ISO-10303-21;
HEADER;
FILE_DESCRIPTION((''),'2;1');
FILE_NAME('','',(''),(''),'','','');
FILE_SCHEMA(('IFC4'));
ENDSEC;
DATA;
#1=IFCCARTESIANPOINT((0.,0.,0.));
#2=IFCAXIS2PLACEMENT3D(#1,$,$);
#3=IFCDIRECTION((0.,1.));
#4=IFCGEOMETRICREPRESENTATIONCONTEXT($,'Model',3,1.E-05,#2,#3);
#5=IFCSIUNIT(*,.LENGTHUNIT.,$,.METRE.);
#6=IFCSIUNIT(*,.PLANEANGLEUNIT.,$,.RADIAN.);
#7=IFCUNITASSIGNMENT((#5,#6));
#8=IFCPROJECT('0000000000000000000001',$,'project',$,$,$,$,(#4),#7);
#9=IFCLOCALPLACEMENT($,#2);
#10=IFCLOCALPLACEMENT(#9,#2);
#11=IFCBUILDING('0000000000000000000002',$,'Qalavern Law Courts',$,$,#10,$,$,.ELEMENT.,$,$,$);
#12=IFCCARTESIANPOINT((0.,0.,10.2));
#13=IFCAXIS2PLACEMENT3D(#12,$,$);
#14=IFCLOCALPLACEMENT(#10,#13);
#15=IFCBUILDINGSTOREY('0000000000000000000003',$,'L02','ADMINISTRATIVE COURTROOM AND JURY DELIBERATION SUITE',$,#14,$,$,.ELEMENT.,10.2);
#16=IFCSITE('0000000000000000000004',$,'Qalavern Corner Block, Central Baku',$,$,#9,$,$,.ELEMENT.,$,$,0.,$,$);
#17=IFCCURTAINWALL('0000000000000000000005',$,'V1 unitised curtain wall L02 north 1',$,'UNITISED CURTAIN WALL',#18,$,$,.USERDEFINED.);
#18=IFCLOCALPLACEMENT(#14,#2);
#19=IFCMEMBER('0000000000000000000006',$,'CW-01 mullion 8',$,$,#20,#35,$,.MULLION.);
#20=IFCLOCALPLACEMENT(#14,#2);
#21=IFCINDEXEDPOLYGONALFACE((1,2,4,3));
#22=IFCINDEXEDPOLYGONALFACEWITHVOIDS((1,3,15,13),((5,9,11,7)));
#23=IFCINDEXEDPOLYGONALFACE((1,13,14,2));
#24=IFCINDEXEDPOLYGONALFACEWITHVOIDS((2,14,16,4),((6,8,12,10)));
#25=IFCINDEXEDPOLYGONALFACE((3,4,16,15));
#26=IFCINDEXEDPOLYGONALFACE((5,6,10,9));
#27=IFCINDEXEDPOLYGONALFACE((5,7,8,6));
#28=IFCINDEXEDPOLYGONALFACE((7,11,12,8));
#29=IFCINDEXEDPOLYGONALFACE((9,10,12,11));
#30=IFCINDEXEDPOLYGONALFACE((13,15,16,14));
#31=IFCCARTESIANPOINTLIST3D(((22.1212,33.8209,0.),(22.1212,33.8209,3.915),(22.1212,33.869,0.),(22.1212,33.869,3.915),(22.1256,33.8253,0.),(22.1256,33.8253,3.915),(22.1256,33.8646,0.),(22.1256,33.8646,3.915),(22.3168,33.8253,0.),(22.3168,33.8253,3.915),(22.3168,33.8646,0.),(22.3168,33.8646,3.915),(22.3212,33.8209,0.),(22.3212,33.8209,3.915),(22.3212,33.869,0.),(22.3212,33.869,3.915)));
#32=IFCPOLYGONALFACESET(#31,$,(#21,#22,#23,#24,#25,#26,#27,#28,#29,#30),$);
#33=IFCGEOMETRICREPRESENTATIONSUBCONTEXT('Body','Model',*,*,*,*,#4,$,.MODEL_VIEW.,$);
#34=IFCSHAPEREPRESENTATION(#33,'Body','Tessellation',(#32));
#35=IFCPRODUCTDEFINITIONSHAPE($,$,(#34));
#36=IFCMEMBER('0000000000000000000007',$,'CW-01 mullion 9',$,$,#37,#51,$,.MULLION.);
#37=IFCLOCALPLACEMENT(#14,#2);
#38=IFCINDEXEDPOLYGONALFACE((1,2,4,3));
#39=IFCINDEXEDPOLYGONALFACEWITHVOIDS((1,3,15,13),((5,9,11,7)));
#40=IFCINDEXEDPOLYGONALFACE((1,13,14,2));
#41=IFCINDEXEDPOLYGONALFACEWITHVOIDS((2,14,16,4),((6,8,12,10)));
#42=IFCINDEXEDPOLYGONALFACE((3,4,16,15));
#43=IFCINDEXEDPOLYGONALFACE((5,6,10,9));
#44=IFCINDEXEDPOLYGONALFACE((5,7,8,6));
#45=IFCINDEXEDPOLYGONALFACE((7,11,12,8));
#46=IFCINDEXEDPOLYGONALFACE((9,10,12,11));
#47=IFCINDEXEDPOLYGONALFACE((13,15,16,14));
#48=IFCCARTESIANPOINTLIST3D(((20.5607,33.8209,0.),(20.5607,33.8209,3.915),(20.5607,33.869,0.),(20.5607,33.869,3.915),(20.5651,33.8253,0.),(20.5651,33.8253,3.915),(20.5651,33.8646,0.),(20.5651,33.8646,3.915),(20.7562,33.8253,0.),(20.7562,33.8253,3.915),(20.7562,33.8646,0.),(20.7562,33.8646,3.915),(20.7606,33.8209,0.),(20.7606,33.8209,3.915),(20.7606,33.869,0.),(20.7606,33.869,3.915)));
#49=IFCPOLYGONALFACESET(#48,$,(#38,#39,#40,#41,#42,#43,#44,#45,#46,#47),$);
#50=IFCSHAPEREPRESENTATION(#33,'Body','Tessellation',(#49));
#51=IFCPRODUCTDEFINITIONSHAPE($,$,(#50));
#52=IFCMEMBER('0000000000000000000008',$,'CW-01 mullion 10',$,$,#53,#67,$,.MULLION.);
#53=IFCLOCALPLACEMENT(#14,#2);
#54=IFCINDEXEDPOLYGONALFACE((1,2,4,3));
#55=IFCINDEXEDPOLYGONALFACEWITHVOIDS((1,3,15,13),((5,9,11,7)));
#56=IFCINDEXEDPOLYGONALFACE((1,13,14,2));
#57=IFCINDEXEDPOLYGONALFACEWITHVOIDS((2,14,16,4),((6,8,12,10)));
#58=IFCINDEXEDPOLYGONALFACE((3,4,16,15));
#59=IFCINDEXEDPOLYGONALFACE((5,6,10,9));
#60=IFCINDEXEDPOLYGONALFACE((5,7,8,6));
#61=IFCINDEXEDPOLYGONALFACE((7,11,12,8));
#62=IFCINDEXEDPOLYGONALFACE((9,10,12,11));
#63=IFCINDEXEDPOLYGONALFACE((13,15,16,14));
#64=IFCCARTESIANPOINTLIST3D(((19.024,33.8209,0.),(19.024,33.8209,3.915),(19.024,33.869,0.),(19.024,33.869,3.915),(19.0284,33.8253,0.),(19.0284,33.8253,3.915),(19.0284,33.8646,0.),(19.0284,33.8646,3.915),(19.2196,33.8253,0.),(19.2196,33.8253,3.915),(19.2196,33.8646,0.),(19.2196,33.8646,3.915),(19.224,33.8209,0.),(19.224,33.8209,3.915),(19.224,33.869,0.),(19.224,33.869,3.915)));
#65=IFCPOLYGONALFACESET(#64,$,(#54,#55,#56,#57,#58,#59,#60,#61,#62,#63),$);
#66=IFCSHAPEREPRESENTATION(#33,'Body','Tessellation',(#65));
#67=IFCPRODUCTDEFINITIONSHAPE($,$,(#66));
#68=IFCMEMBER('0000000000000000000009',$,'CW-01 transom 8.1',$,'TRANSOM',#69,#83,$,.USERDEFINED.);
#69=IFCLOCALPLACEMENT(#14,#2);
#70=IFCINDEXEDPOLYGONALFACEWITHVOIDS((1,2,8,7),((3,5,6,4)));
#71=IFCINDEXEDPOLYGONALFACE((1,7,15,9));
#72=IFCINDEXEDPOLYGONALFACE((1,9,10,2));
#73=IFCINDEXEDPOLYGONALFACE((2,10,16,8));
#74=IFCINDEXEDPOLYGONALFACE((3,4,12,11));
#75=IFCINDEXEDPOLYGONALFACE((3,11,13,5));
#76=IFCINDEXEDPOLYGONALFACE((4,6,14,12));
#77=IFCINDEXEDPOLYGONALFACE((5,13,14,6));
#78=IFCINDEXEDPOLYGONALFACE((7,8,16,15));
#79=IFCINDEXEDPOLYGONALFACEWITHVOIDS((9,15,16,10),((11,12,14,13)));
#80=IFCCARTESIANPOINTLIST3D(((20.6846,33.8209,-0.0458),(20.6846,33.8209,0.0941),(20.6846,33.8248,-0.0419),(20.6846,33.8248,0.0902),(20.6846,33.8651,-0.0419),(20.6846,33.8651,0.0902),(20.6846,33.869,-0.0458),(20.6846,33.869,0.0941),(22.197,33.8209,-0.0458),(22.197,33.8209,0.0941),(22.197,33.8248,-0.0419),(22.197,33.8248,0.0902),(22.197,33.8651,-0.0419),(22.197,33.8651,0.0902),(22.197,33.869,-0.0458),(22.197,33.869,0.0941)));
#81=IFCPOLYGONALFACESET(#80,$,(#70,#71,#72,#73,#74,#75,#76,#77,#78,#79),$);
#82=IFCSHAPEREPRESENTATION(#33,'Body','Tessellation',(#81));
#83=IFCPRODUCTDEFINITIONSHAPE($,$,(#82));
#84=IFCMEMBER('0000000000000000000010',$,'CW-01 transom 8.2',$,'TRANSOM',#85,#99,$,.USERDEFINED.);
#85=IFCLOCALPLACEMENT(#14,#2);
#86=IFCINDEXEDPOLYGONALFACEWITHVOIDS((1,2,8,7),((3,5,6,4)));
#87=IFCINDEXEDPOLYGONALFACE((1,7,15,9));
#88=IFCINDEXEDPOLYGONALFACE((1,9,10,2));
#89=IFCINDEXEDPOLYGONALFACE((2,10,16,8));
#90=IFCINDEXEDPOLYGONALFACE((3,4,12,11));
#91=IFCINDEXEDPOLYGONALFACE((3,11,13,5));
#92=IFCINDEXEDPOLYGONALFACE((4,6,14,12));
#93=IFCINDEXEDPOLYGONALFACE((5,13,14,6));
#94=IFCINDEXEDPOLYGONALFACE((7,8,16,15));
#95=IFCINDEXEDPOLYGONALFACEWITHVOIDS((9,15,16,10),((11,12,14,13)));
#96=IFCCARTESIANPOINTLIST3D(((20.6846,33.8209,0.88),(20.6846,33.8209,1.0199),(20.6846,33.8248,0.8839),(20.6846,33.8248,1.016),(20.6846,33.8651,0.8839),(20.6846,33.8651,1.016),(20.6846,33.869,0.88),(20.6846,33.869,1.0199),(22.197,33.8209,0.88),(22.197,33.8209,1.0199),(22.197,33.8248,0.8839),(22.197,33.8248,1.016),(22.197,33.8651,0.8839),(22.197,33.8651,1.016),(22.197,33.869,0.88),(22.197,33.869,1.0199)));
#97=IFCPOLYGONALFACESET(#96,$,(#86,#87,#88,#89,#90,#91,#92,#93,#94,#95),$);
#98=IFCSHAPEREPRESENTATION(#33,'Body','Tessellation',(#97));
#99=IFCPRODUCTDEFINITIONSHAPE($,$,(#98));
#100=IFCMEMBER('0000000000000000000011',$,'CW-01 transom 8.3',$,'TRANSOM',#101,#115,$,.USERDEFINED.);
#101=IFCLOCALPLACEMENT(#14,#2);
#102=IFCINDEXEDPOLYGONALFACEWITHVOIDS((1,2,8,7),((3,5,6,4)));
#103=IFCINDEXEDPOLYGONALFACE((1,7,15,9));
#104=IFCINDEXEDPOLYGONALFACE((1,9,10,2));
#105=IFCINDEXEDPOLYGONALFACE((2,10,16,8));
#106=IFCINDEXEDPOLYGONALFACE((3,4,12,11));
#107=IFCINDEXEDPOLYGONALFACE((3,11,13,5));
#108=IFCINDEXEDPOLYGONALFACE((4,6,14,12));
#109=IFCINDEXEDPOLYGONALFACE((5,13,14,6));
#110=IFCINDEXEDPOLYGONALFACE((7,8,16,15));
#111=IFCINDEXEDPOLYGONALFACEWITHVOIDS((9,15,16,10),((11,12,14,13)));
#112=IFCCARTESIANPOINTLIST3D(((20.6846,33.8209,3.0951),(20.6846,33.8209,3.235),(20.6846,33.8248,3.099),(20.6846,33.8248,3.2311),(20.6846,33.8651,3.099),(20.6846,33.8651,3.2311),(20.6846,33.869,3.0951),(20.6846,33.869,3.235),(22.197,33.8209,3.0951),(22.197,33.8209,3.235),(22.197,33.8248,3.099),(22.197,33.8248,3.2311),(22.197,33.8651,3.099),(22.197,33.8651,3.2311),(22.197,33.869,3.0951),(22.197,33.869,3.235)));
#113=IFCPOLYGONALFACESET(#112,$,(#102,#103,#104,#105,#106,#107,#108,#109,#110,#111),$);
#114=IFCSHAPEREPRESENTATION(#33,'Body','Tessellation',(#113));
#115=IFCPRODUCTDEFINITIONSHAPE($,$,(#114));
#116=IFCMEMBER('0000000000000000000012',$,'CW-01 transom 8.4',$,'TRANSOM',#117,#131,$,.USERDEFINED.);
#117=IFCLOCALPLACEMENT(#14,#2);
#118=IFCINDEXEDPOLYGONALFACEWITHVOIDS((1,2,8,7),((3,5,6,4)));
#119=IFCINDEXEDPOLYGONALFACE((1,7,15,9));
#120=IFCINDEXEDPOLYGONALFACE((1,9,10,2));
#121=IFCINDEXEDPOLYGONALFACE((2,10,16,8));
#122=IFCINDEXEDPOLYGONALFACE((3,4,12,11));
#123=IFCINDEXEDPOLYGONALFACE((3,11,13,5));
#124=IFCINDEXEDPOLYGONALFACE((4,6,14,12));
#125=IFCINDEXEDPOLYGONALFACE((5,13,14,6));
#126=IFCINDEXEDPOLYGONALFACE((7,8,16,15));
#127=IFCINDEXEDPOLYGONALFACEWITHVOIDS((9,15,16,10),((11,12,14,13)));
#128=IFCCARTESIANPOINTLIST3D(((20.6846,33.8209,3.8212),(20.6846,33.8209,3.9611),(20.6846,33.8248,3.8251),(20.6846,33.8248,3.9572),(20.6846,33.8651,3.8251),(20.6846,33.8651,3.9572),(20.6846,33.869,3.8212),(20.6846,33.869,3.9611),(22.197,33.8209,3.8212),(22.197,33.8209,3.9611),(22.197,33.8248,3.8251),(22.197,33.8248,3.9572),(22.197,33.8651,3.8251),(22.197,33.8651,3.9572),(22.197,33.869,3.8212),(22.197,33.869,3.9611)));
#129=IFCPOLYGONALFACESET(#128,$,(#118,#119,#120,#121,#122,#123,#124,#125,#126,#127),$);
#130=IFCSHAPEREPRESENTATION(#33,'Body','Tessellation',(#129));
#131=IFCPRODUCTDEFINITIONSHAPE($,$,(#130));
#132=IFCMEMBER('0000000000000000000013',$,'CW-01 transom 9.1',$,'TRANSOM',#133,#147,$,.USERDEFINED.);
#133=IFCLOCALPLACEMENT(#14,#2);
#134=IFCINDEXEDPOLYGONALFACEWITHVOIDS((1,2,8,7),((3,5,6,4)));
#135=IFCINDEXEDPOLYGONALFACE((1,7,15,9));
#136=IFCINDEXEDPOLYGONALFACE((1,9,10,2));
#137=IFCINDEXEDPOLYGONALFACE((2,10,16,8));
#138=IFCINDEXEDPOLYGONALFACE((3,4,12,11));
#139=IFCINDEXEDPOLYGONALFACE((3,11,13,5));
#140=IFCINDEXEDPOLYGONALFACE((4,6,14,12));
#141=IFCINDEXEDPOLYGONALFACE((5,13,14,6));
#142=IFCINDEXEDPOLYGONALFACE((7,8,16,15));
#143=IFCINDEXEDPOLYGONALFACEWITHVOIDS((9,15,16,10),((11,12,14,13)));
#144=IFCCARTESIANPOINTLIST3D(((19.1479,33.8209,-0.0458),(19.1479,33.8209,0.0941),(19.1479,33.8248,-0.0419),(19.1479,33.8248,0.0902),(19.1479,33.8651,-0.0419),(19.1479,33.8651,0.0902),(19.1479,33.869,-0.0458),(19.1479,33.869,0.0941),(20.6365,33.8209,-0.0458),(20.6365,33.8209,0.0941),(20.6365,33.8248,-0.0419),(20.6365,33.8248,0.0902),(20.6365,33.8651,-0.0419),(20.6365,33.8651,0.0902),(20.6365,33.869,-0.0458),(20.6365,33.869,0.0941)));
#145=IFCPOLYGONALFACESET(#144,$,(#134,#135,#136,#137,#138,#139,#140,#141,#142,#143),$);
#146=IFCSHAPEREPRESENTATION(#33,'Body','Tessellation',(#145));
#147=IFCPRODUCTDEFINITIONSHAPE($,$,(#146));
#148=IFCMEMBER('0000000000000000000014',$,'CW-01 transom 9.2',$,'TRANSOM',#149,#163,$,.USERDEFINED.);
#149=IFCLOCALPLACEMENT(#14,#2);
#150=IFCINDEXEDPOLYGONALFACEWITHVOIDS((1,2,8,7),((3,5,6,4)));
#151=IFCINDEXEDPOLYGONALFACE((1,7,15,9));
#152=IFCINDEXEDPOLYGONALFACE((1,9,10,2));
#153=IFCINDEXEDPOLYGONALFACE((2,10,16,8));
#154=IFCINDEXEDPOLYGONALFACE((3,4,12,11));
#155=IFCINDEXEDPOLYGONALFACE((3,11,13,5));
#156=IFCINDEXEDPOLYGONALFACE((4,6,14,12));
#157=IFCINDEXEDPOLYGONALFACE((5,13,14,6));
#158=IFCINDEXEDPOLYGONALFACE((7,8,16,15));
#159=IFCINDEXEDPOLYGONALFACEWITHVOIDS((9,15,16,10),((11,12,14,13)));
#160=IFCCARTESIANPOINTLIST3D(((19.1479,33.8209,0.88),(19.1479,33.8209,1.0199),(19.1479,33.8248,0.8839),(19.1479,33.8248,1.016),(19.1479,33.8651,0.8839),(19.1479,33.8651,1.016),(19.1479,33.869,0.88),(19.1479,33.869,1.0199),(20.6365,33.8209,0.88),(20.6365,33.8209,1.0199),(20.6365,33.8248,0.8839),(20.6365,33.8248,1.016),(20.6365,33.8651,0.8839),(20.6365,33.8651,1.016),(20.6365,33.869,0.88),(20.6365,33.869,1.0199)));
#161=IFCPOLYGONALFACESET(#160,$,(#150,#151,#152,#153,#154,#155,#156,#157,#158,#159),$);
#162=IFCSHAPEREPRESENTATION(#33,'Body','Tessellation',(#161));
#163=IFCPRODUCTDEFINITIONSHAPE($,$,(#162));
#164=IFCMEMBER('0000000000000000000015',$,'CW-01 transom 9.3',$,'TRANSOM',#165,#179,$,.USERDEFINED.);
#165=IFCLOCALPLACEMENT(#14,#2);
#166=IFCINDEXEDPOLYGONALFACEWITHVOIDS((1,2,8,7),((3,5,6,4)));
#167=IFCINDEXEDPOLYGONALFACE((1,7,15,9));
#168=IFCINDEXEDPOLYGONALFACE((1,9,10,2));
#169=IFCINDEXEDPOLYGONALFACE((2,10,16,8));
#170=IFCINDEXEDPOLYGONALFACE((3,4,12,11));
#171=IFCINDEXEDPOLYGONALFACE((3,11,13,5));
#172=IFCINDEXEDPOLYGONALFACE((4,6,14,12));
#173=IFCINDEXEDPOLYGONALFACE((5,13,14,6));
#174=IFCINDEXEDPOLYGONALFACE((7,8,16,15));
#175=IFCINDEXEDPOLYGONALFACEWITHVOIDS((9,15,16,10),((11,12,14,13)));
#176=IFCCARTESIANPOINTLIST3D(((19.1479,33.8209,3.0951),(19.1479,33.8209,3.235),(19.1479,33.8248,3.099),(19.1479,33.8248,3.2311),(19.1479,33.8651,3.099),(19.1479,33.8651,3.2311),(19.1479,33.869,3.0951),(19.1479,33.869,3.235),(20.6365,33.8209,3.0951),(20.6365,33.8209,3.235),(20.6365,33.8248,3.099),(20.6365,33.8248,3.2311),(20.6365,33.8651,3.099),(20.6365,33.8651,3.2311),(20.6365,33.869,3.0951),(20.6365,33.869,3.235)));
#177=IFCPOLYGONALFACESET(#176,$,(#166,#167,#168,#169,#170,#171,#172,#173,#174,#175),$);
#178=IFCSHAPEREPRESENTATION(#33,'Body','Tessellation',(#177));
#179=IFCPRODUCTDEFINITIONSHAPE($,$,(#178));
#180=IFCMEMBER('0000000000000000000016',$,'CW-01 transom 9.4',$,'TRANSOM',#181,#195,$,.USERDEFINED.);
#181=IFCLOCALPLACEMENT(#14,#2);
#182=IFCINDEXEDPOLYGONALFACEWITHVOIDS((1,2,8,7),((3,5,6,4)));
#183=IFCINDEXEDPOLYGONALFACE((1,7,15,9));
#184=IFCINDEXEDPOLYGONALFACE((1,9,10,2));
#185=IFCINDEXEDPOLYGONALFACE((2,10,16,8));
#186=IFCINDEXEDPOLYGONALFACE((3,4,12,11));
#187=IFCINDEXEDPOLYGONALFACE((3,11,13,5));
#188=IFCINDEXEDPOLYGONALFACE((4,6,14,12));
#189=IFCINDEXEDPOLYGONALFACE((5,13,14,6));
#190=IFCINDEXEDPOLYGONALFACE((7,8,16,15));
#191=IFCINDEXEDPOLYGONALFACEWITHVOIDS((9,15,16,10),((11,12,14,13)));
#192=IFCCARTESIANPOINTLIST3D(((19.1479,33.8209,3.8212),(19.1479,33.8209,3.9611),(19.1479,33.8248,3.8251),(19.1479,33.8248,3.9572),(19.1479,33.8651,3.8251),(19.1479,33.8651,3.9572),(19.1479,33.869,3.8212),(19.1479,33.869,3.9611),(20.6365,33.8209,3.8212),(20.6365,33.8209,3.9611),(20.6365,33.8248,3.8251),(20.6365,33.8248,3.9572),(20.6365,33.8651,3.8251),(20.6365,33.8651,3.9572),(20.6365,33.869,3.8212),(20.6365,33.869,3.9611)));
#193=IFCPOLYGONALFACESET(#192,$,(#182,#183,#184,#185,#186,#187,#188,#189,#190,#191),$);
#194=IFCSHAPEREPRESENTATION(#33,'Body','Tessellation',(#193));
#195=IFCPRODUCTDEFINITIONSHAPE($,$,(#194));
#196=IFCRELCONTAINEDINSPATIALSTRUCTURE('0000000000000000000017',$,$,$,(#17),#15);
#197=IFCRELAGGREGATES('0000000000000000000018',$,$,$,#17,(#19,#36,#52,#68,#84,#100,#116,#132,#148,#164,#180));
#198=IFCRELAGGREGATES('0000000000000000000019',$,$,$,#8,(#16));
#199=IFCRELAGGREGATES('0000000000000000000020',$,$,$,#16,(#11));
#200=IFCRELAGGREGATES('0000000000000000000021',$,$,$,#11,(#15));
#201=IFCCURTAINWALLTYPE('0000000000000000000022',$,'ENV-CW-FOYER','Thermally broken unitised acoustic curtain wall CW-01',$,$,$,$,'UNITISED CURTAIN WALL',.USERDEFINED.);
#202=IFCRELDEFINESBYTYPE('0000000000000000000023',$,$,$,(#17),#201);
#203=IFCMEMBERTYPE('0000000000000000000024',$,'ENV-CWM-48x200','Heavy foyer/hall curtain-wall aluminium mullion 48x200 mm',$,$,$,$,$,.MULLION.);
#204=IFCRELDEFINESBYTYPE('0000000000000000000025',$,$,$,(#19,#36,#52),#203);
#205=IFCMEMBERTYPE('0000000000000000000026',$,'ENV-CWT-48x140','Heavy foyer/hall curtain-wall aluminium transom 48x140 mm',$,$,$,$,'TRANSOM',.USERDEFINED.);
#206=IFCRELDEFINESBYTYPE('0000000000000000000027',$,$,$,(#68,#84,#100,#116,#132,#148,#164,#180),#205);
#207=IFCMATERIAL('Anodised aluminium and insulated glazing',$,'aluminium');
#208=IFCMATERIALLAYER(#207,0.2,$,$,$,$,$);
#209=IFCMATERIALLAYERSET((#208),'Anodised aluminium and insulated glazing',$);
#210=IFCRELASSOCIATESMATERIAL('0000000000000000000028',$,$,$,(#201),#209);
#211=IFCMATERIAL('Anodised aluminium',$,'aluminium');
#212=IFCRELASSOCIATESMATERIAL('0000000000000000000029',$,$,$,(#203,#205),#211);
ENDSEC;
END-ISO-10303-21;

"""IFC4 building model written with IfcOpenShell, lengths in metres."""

from ifc_helpers import new_model, si_unit, direction, frame, origin, origin_2d, place, context, subcontext, project, spatial, hollow_rectangle, extrude, material, layer, layer_set, material_profile, profile_set, type_object, element, aggregate, save


model = new_model("IFC4")

# Units and contexts
model_context = context("Model", 3, precision=1e-05, world=origin(), true_north=direction((0.0, 1.0)))
body_context = subcontext(model_context, "Body", "Model", "MODEL_VIEW")
ifc_project = project(units=[si_unit("LENGTHUNIT", "METRE"), si_unit("PLANEANGLEUNIT", "RADIAN")], contexts=[model_context])

# Site, building, storey
site_placement = place(None, origin())
site = spatial("IfcSite", under=ifc_project, at=site_placement, Name="Qalavern Corner Block, Central Baku", CompositionType="ELEMENT", RefElevation=0.0)
building_placement = place(site_placement, origin())
building = spatial("IfcBuilding", under=site, at=building_placement, Name="Qalavern Law Courts", CompositionType="ELEMENT")
storey_placement = place(building_placement, frame((0.0, 0.0, 10.2)))
storey = spatial("IfcBuildingStorey", under=building, at=storey_placement, Name="L02", Description="ADMINISTRATIVE COURTROOM AND JURY DELIBERATION SUITE", CompositionType="ELEMENT", Elevation=10.2)

# Curtain wall, members
ifc_material_1 = material(Name="Anodised aluminium and insulated glazing", Category="aluminium")
ifc_layer_1 = layer(ifc_material_1, 0.2)
ifc_layer_set_1 = layer_set([ifc_layer_1], Name="Anodised aluminium and insulated glazing")
curtain_wall_type = type_object("IfcCurtainWallType", Name="ENV-CW-FOYER", Description="Thermally broken unitised acoustic curtain wall CW-01", ElementType="UNITISED CURTAIN WALL", PredefinedType="USERDEFINED", material=ifc_layer_set_1)
curtain_wall_placement = place(storey_placement, origin())
curtain_wall = element("IfcCurtainWall", 1, at=curtain_wall_placement, inside=storey, type_object=curtain_wall_type, Name="V1 unitised curtain wall L02 north 1", ObjectType="UNITISED CURTAIN WALL", PredefinedType="USERDEFINED")
ifc_material_2 = material(Name="Anodised aluminium", Category="aluminium")
ifc_material_profile_1 = material_profile(ifc_material_2, hollow_rectangle(XDim=0.0481, YDim=0.2, WallThickness=0.0044, at=origin_2d()), Name="ALU MULLION 48x200")
ifc_profile_set_1 = profile_set([ifc_material_profile_1], Name="Anodised aluminium")
member_type_1 = type_object("IfcMemberType", Name="ENV-CWM-48x200", Description="Heavy foyer/hall curtain-wall aluminium mullion 48x200 mm", PredefinedType="MULLION", material=ifc_profile_set_1)
member_1_placement = place(storey_placement, frame((22.2212, 33.845, 0.0), z_axis=(0.0, 0.0, 1.0), x_axis=(0.0, -1.0, 0.0)))
member_1 = element("IfcMember", 2, at=member_1_placement, type_object=member_type_1, Name="CW-01 mullion 8", PredefinedType="MULLION", context=body_context, shape_type="SweptSolid", body=[
    extrude(hollow_rectangle(XDim=0.0481, YDim=0.2, WallThickness=0.0044, at=origin_2d()), origin(), (0.0, 0.0, 1.0), 3.915),
])
member_2_placement = place(storey_placement, frame((20.6606, 33.845, 0.0), z_axis=(0.0, 0.0, 1.0), x_axis=(0.0, -1.0, 0.0)))
member_2 = element("IfcMember", 3, at=member_2_placement, type_object=member_type_1, Name="CW-01 mullion 9", PredefinedType="MULLION", context=body_context, shape_type="SweptSolid", body=[
    extrude(hollow_rectangle(XDim=0.0481, YDim=0.2, WallThickness=0.0044, at=origin_2d()), origin(), (0.0, 0.0, 1.0), 3.915),
])
member_3_placement = place(storey_placement, frame((19.124, 33.845, 0.0), z_axis=(0.0, 0.0, 1.0), x_axis=(0.0, -1.0, 0.0)))
member_3 = element("IfcMember", 4, at=member_3_placement, type_object=member_type_1, Name="CW-01 mullion 10", PredefinedType="MULLION", context=body_context, shape_type="SweptSolid", body=[
    extrude(hollow_rectangle(XDim=0.0481, YDim=0.2, WallThickness=0.0044, at=origin_2d()), origin(), (0.0, 0.0, 1.0), 3.915),
])
ifc_material_profile_2 = material_profile(ifc_material_2, hollow_rectangle(XDim=0.0481, YDim=0.1399, WallThickness=0.0039, at=origin_2d()), Name="ALU TRANSOM 48x140")
ifc_profile_set_2 = profile_set([ifc_material_profile_2], Name="Anodised aluminium")
member_type_2 = type_object("IfcMemberType", Name="ENV-CWT-48x140", Description="Heavy foyer/hall curtain-wall aluminium transom 48x140 mm", ElementType="TRANSOM", PredefinedType="USERDEFINED", material=ifc_profile_set_2)
member_4_placement = place(storey_placement, frame((22.197, 33.845, 0.0242), z_axis=(-1.0, 0.0, 0.0), x_axis=(0.0, -1.0, 0.0)))
member_4 = element("IfcMember", 5, at=member_4_placement, type_object=member_type_2, Name="CW-01 transom 8.1", ObjectType="TRANSOM", PredefinedType="USERDEFINED", context=body_context, shape_type="SweptSolid", body=[
    extrude(hollow_rectangle(XDim=0.0481, YDim=0.1399, WallThickness=0.0039, at=origin_2d()), origin(), (0.0, 0.0, 1.0), 1.5125),
])
member_5_placement = place(storey_placement, frame((22.197, 33.845, 0.95), z_axis=(-1.0, 0.0, 0.0), x_axis=(0.0, -1.0, 0.0)))
member_5 = element("IfcMember", 6, at=member_5_placement, type_object=member_type_2, Name="CW-01 transom 8.2", ObjectType="TRANSOM", PredefinedType="USERDEFINED", context=body_context, shape_type="SweptSolid", body=[
    extrude(hollow_rectangle(XDim=0.0481, YDim=0.1399, WallThickness=0.0039, at=origin_2d()), origin(), (0.0, 0.0, 1.0), 1.5125),
])
member_6_placement = place(storey_placement, frame((22.197, 33.845, 3.165), z_axis=(-1.0, 0.0, 0.0), x_axis=(0.0, -1.0, 0.0)))
member_6 = element("IfcMember", 7, at=member_6_placement, type_object=member_type_2, Name="CW-01 transom 8.3", ObjectType="TRANSOM", PredefinedType="USERDEFINED", context=body_context, shape_type="SweptSolid", body=[
    extrude(hollow_rectangle(XDim=0.0481, YDim=0.1399, WallThickness=0.0039, at=origin_2d()), origin(), (0.0, 0.0, 1.0), 1.5125),
])
member_7_placement = place(storey_placement, frame((22.197, 33.845, 3.8911), z_axis=(-1.0, 0.0, 0.0), x_axis=(0.0, -1.0, 0.0)))
member_7 = element("IfcMember", 8, at=member_7_placement, type_object=member_type_2, Name="CW-01 transom 8.4", ObjectType="TRANSOM", PredefinedType="USERDEFINED", context=body_context, shape_type="SweptSolid", body=[
    extrude(hollow_rectangle(XDim=0.0481, YDim=0.1399, WallThickness=0.0039, at=origin_2d()), origin(), (0.0, 0.0, 1.0), 1.5125),
])
member_8_placement = place(storey_placement, frame((20.6365, 33.845, 0.0242), z_axis=(-1.0, 0.0, 0.0), x_axis=(0.0, -1.0, 0.0)))
member_8 = element("IfcMember", 9, at=member_8_placement, type_object=member_type_2, Name="CW-01 transom 9.1", ObjectType="TRANSOM", PredefinedType="USERDEFINED", context=body_context, shape_type="SweptSolid", body=[
    extrude(hollow_rectangle(XDim=0.0481, YDim=0.1399, WallThickness=0.0039, at=origin_2d()), origin(), (0.0, 0.0, 1.0), 1.4885),
])
member_9_placement = place(storey_placement, frame((20.6365, 33.845, 0.95), z_axis=(-1.0, 0.0, 0.0), x_axis=(0.0, -1.0, 0.0)))
member_9 = element("IfcMember", 10, at=member_9_placement, type_object=member_type_2, Name="CW-01 transom 9.2", ObjectType="TRANSOM", PredefinedType="USERDEFINED", context=body_context, shape_type="SweptSolid", body=[
    extrude(hollow_rectangle(XDim=0.0481, YDim=0.1399, WallThickness=0.0039, at=origin_2d()), origin(), (0.0, 0.0, 1.0), 1.4885),
])
member_10_placement = place(storey_placement, frame((20.6365, 33.845, 3.165), z_axis=(-1.0, 0.0, 0.0), x_axis=(0.0, -1.0, 0.0)))
member_10 = element("IfcMember", 11, at=member_10_placement, type_object=member_type_2, Name="CW-01 transom 9.3", ObjectType="TRANSOM", PredefinedType="USERDEFINED", context=body_context, shape_type="SweptSolid", body=[
    extrude(hollow_rectangle(XDim=0.0481, YDim=0.1399, WallThickness=0.0039, at=origin_2d()), origin(), (0.0, 0.0, 1.0), 1.4885),
])
member_11_placement = place(storey_placement, frame((20.6365, 33.845, 3.8911), z_axis=(-1.0, 0.0, 0.0), x_axis=(0.0, -1.0, 0.0)))
member_11 = element("IfcMember", 12, at=member_11_placement, type_object=member_type_2, Name="CW-01 transom 9.4", ObjectType="TRANSOM", PredefinedType="USERDEFINED", context=body_context, shape_type="SweptSolid", body=[
    extrude(hollow_rectangle(XDim=0.0481, YDim=0.1399, WallThickness=0.0039, at=origin_2d()), origin(), (0.0, 0.0, 1.0), 1.4885),
])

aggregate(curtain_wall, [member_1, member_2, member_3, member_4, member_5, member_6, member_7, member_8, member_9, member_10, member_11])

save(model, "model.ifc")
